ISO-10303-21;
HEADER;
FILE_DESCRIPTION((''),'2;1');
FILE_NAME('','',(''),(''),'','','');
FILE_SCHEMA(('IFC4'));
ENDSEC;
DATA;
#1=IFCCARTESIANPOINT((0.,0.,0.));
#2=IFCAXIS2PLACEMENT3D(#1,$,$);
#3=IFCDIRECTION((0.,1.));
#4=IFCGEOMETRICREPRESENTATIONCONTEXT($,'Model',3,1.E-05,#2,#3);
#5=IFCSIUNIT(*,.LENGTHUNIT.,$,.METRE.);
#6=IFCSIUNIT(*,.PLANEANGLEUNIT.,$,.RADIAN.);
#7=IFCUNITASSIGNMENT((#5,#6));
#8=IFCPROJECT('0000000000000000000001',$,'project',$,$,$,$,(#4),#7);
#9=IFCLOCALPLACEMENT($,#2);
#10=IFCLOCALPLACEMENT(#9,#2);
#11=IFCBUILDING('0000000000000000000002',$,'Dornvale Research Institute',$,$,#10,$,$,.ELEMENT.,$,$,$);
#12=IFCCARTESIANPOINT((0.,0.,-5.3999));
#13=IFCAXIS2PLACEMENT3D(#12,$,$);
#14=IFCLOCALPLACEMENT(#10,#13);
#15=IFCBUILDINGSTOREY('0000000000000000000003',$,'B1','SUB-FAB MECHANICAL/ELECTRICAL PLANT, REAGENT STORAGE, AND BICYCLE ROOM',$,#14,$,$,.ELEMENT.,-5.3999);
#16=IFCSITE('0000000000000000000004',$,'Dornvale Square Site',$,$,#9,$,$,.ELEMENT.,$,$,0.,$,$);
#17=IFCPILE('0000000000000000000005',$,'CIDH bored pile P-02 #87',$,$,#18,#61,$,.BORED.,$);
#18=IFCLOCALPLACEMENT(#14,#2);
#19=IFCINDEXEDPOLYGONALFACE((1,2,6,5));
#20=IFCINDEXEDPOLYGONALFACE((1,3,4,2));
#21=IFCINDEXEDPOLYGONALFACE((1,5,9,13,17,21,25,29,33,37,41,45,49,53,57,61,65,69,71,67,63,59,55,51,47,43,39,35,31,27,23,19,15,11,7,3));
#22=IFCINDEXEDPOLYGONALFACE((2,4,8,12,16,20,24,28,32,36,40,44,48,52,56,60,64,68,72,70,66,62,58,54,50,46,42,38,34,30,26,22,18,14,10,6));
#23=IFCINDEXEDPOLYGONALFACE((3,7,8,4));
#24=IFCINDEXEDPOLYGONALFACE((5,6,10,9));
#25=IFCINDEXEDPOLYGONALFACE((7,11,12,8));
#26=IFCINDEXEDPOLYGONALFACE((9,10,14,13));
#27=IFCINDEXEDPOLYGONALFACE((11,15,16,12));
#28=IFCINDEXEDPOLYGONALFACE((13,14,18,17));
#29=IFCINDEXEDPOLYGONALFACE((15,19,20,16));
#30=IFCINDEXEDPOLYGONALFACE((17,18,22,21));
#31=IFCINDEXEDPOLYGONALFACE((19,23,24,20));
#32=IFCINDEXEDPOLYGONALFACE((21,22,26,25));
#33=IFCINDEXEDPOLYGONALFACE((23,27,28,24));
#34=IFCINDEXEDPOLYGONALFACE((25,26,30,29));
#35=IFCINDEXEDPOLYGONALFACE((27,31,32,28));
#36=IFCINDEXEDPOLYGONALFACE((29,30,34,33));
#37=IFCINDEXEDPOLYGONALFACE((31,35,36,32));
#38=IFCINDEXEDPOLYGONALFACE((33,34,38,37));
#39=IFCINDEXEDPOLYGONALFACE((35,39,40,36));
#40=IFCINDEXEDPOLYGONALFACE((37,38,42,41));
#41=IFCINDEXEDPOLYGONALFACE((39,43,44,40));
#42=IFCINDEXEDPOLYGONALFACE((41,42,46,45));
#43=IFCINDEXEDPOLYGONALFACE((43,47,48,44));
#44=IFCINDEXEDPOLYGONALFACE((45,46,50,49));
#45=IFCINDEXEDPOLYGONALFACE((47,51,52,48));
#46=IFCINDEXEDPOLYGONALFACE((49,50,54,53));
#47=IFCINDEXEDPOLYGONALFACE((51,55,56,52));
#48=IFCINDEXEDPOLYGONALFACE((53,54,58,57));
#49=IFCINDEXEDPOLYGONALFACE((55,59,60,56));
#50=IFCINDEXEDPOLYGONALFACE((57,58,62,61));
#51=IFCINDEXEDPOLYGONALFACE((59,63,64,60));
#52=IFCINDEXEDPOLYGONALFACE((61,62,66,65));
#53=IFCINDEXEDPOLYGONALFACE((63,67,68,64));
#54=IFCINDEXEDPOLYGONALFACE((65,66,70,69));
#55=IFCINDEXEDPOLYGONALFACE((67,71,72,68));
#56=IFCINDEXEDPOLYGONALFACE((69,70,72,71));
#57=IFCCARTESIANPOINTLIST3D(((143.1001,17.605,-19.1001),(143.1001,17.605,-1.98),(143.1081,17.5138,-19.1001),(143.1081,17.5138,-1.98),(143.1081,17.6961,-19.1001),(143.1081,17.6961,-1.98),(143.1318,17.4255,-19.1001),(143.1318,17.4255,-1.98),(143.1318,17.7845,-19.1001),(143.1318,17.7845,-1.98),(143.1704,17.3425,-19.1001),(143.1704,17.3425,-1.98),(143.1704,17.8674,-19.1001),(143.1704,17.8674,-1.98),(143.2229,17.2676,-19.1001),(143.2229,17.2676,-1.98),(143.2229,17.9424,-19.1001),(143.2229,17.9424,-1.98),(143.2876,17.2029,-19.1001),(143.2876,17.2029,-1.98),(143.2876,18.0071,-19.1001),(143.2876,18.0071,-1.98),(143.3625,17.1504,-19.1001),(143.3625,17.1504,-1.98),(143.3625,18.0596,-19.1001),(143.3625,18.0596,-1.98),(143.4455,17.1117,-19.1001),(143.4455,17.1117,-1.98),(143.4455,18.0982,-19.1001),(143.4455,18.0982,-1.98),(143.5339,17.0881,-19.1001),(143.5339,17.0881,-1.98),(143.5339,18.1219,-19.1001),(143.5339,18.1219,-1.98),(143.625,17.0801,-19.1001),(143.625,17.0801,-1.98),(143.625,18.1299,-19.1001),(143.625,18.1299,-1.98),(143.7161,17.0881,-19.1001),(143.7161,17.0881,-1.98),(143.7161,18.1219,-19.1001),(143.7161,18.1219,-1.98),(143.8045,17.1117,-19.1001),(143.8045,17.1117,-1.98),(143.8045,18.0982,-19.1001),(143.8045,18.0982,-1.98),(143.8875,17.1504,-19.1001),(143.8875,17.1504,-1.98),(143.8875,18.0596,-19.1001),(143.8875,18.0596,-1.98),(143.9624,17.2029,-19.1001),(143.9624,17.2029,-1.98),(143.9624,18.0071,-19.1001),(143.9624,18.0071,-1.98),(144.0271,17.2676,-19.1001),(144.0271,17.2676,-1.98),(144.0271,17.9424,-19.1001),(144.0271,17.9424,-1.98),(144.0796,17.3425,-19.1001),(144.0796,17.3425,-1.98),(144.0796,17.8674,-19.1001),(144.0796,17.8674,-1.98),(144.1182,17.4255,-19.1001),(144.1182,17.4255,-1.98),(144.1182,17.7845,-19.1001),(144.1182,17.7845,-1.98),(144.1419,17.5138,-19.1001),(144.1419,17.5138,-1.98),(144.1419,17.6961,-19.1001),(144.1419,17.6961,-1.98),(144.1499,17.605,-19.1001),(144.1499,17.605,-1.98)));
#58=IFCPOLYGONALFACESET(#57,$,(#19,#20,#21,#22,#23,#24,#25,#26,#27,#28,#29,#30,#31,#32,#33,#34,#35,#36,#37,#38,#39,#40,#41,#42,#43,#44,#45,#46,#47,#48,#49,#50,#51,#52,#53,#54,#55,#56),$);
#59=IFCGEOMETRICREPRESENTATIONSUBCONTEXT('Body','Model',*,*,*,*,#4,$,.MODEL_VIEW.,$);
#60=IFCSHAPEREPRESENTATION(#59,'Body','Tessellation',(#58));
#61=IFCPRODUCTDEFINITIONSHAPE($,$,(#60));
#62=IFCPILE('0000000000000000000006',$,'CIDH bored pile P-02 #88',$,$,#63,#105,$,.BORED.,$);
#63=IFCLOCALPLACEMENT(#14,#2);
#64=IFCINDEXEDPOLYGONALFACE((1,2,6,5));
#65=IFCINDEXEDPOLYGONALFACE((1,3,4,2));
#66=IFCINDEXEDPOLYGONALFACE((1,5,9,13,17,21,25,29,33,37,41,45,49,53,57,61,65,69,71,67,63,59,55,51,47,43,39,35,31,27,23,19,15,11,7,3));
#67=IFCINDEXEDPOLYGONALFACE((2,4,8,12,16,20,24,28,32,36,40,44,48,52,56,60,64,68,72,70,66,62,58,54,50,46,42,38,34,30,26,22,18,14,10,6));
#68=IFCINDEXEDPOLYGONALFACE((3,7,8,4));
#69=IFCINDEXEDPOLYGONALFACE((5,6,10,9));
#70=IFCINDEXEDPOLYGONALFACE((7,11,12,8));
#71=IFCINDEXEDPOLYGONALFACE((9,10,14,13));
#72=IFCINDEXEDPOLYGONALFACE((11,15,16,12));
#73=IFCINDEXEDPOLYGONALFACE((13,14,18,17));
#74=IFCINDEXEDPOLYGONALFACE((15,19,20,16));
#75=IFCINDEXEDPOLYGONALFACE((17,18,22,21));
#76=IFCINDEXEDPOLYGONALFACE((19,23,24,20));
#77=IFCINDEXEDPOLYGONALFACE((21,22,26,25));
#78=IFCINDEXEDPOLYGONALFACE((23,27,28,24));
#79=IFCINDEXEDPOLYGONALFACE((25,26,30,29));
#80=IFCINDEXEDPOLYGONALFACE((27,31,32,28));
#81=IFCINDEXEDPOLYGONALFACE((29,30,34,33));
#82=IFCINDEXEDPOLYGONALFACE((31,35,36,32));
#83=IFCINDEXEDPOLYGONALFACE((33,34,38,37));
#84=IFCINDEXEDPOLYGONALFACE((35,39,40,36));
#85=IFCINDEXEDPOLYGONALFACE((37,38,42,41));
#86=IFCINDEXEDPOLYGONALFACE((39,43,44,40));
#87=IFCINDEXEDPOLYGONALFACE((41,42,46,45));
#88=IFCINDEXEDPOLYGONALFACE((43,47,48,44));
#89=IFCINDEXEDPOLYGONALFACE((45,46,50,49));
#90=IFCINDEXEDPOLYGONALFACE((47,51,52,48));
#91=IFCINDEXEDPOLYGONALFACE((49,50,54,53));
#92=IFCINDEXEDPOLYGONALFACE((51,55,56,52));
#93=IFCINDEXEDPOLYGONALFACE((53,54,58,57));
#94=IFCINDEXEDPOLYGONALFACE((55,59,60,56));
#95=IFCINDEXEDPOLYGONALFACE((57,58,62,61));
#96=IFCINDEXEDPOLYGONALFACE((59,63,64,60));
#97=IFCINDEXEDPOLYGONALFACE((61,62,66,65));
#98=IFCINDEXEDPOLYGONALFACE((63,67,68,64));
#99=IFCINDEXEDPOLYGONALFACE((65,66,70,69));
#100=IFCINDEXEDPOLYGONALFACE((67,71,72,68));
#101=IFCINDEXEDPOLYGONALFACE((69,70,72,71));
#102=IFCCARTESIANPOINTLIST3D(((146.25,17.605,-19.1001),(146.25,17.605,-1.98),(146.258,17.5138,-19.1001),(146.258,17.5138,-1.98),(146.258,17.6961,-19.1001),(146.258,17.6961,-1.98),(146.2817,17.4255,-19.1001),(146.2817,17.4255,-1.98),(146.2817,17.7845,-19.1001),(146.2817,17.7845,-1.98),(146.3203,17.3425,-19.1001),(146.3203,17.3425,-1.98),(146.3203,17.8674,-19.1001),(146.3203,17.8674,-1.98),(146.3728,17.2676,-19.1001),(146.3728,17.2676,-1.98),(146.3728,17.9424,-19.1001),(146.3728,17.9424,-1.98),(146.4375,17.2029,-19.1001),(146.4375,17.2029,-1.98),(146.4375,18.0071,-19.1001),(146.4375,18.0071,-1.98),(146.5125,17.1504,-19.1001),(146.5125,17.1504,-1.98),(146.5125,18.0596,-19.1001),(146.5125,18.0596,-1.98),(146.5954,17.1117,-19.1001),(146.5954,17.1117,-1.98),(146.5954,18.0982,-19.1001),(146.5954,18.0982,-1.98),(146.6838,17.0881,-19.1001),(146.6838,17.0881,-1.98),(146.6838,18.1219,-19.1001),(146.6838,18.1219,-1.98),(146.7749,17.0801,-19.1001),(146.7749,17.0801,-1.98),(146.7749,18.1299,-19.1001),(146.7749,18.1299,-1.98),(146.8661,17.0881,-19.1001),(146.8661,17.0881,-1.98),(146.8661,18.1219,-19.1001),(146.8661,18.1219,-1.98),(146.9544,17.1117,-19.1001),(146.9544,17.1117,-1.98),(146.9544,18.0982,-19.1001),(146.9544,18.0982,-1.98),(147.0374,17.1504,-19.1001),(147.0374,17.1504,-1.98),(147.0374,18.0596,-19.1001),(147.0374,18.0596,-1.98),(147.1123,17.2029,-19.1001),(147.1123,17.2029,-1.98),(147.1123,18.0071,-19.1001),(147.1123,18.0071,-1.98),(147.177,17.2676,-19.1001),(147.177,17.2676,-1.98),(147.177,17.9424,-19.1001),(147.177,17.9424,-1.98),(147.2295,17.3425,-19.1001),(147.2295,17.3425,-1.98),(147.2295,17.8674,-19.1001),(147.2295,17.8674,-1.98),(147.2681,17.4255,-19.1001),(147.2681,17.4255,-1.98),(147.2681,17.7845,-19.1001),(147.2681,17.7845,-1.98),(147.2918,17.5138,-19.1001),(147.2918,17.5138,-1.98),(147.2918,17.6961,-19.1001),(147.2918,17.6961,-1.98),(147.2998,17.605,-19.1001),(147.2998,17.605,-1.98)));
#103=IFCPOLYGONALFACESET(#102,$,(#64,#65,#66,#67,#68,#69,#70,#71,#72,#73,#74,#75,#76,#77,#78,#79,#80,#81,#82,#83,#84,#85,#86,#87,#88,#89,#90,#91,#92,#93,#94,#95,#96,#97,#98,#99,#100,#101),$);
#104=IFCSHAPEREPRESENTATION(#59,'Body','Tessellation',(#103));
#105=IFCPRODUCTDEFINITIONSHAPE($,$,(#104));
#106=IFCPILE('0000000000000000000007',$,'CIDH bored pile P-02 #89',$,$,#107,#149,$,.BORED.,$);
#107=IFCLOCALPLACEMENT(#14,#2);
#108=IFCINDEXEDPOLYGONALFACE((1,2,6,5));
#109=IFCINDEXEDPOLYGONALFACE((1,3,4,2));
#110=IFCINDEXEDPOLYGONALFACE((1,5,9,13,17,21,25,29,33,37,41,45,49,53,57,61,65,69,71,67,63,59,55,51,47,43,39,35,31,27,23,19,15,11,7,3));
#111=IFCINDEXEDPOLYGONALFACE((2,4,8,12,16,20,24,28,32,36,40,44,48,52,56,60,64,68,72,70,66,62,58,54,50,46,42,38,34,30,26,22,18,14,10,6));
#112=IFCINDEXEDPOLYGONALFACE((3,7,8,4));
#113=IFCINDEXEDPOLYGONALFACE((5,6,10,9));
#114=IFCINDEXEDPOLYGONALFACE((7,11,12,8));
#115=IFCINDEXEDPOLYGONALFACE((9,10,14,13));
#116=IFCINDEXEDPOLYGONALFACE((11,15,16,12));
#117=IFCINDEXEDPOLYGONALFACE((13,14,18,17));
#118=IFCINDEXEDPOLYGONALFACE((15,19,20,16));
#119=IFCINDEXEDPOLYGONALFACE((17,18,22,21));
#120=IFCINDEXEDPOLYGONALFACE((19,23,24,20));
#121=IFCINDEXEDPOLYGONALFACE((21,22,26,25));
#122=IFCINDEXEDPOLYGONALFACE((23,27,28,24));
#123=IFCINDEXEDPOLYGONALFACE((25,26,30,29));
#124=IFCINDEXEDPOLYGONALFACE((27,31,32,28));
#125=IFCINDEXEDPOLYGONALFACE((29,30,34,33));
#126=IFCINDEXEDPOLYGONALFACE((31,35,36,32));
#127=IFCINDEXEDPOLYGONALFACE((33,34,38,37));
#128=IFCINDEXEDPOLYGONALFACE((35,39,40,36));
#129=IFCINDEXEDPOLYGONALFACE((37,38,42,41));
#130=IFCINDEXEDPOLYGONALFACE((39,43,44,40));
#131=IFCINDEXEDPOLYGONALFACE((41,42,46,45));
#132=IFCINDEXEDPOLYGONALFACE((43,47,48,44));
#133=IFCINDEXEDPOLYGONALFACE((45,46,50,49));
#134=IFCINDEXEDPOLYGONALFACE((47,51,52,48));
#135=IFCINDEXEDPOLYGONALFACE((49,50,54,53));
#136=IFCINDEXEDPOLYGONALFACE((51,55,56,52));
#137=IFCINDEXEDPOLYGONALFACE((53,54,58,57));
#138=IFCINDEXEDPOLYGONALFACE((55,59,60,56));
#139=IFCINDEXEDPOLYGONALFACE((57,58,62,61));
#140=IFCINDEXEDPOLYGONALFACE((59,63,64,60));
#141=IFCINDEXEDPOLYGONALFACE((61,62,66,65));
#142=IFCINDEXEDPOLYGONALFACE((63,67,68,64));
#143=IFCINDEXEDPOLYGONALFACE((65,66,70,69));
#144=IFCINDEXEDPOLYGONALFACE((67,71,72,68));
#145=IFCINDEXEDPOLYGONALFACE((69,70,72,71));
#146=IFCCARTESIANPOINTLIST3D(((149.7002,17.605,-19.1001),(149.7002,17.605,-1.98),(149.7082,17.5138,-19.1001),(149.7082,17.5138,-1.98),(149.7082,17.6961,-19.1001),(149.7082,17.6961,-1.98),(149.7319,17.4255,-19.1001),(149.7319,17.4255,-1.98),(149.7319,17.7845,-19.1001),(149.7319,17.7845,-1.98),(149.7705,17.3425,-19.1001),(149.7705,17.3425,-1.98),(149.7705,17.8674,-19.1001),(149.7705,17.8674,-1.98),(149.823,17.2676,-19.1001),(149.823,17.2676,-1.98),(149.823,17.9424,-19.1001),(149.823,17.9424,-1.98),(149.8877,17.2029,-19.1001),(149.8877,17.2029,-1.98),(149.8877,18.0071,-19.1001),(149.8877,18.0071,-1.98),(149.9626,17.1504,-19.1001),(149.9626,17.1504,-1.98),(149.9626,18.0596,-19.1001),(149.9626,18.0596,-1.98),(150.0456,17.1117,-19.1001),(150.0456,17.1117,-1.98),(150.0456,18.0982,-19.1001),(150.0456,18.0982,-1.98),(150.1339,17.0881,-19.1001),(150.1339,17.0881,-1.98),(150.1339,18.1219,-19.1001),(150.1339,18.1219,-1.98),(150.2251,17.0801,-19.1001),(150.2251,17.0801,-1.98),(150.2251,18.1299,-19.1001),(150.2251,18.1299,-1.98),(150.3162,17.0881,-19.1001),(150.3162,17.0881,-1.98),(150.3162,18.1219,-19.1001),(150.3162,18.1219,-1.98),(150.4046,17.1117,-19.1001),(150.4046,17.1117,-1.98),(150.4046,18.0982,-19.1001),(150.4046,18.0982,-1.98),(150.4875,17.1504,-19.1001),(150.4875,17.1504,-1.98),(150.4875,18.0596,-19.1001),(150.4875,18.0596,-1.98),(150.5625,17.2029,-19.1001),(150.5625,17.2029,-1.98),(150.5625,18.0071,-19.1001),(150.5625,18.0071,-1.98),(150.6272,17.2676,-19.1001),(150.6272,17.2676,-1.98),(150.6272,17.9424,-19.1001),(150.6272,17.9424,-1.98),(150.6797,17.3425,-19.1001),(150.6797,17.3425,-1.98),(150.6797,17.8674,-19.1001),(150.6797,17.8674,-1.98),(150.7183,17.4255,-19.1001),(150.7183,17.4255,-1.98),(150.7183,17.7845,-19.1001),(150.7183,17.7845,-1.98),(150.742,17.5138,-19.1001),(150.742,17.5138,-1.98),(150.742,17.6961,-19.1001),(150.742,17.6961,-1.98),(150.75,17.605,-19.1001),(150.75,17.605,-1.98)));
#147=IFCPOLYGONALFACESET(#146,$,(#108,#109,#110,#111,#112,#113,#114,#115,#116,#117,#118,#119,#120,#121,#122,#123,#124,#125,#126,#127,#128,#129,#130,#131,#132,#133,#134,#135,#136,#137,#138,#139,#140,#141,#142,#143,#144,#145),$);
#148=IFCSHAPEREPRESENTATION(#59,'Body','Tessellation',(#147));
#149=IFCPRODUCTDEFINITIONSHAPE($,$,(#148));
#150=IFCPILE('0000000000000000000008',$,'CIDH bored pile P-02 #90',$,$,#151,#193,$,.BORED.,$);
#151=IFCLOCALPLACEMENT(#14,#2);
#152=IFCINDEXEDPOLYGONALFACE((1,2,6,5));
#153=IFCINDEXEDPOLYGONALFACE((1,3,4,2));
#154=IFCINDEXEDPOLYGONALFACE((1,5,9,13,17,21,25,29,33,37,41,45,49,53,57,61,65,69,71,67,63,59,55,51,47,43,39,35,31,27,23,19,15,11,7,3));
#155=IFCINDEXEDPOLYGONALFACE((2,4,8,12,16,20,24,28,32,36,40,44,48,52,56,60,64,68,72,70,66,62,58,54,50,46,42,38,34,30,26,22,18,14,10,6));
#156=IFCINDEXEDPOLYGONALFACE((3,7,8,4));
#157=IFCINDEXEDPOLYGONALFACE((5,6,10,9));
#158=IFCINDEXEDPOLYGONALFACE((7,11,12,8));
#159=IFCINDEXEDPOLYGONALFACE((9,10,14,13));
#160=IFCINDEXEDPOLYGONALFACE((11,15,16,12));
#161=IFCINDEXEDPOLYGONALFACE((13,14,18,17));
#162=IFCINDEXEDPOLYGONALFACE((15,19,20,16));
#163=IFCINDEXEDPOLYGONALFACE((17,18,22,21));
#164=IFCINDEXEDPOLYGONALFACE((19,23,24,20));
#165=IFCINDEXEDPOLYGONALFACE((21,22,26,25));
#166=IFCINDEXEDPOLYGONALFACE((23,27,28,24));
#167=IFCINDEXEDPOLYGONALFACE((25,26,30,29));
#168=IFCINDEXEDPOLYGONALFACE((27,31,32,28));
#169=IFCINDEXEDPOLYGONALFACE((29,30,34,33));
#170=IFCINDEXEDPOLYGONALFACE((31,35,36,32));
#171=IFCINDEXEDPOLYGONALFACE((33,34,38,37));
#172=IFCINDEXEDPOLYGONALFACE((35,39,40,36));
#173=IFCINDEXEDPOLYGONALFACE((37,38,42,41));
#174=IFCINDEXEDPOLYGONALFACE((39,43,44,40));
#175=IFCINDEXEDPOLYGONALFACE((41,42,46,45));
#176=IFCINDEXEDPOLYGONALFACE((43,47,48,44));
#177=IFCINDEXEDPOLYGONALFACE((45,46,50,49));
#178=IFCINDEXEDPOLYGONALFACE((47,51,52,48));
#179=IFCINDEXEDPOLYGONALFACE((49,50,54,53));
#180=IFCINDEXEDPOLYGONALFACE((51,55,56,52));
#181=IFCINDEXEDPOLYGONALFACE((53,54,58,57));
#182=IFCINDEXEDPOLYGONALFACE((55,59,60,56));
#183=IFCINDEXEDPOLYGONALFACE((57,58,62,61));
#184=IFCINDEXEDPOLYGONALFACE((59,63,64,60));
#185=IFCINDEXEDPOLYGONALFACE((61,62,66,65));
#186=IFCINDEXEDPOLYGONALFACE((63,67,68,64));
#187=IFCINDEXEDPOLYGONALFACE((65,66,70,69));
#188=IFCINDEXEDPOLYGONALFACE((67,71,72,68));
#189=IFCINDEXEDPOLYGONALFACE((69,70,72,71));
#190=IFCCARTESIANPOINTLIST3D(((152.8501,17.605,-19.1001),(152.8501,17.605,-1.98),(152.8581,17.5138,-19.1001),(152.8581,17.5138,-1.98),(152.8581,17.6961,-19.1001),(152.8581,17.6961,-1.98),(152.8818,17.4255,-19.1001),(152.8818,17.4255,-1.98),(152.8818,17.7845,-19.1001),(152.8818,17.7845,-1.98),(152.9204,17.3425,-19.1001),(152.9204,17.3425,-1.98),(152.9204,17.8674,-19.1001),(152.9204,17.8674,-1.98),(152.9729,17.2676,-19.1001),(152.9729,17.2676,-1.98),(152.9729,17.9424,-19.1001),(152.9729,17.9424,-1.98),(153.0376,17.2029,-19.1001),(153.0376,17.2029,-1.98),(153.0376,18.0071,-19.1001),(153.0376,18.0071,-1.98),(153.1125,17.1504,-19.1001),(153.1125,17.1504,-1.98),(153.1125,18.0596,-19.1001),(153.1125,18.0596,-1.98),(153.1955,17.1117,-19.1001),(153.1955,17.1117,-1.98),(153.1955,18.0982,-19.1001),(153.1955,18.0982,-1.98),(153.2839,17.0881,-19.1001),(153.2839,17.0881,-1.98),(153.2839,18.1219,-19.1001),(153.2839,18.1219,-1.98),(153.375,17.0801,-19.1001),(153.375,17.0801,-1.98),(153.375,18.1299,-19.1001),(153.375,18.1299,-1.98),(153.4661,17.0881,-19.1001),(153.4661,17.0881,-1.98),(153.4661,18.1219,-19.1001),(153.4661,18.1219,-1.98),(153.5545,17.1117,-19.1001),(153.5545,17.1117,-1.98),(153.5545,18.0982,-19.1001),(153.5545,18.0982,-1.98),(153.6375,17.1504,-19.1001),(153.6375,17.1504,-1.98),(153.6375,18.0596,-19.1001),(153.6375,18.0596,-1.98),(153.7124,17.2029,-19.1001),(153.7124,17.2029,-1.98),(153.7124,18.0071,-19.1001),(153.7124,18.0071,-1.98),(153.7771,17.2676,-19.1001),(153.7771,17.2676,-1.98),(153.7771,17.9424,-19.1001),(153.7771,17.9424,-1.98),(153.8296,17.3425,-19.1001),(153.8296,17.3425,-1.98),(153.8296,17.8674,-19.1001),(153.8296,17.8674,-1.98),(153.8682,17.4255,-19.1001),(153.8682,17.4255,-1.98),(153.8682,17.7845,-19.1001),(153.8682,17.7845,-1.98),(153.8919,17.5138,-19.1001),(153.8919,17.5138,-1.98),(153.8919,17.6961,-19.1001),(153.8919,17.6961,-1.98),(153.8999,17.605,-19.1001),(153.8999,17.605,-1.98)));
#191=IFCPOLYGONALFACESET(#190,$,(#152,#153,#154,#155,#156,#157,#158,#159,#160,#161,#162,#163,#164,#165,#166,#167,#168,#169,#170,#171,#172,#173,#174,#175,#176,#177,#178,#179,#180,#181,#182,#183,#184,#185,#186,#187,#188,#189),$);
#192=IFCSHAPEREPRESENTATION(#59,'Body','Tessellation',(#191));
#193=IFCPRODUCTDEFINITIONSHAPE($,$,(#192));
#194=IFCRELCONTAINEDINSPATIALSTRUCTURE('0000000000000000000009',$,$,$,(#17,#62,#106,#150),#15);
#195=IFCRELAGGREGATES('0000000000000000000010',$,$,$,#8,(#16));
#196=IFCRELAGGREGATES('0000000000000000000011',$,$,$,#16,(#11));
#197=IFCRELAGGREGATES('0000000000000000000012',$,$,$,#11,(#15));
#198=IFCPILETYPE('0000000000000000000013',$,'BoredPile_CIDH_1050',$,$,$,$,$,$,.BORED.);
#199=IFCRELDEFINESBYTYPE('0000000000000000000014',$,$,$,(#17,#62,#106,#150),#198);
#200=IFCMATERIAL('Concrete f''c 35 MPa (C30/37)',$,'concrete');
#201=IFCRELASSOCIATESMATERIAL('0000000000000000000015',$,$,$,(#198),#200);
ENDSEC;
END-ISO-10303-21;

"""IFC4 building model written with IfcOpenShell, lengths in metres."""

from ifc_helpers import new_model, si_unit, direction, frame, origin, origin_2d, place, context, subcontext, project, spatial, circle, extrude, material, material_profile, profile_set, type_object, element, save


model = new_model("IFC4")

# Units and contexts
model_context = context("Model", 3, precision=1e-05, world=origin(), true_north=direction((0.0, 1.0)))
body_context = subcontext(model_context, "Body", "Model", "MODEL_VIEW")
ifc_project = project(units=[si_unit("LENGTHUNIT", "METRE"), si_unit("PLANEANGLEUNIT", "RADIAN")], contexts=[model_context])

# Site, building, storey
site_placement = place(None, origin())
site = spatial("IfcSite", under=ifc_project, at=site_placement, Name="Dornvale Square Site", CompositionType="ELEMENT", RefElevation=0.0)
building_placement = place(site_placement, origin())
building = spatial("IfcBuilding", under=site, at=building_placement, Name="Dornvale Research Institute", CompositionType="ELEMENT")
storey_placement = place(building_placement, frame((0.0, 0.0, -5.3999)))
storey = spatial("IfcBuildingStorey", under=building, at=storey_placement, Name="B1", Description="SUB-FAB MECHANICAL/ELECTRICAL PLANT, REAGENT STORAGE, AND BICYCLE ROOM", CompositionType="ELEMENT", Elevation=-5.3999)

# Piles
ifc_material_1 = material(Name="Concrete f'c 35 MPa (C30/37)", Category="concrete")
ifc_material_profile_1 = material_profile(ifc_material_1, circle(Radius=0.5249, at=origin_2d()), Name="CIDH PILE D1050")
ifc_profile_set_1 = profile_set([ifc_material_profile_1], Name="Concrete f'c 35 MPa (C30/37)")
pile_type = type_object("IfcPileType", Name="BoredPile_CIDH_1050", PredefinedType="BORED", material=ifc_profile_set_1)
for number, where, z_axis, x_axis, name in (
    (1, (143.625, 17.605, -1.98), (0.0, 0.0, -1.0), (1.0, 0.0, 0.0), "CIDH bored pile P-02 #87"),
    (2, (146.7749, 17.605, -1.98), (0.0, 0.0, -1.0), (1.0, 0.0, 0.0), "CIDH bored pile P-02 #88"),
    (3, (150.2251, 17.605, -1.98), (0.0, 0.0, -1.0), (1.0, 0.0, 0.0), "CIDH bored pile P-02 #89"),
    (4, (153.375, 17.605, -1.98), (0.0, 0.0, -1.0), (1.0, 0.0, 0.0), "CIDH bored pile P-02 #90"),
):
    element("IfcPile", number, at=place(storey_placement, frame(where, z_axis=z_axis, x_axis=x_axis)), inside=storey, type_object=pile_type, Name=name, PredefinedType="BORED", context=body_context, shape_type="SweptSolid", body=[
        extrude(circle(Radius=0.5249, at=origin_2d()), origin(), (0.0, 0.0, 1.0), 17.1201),
    ])

save(model, "model.ifc")
